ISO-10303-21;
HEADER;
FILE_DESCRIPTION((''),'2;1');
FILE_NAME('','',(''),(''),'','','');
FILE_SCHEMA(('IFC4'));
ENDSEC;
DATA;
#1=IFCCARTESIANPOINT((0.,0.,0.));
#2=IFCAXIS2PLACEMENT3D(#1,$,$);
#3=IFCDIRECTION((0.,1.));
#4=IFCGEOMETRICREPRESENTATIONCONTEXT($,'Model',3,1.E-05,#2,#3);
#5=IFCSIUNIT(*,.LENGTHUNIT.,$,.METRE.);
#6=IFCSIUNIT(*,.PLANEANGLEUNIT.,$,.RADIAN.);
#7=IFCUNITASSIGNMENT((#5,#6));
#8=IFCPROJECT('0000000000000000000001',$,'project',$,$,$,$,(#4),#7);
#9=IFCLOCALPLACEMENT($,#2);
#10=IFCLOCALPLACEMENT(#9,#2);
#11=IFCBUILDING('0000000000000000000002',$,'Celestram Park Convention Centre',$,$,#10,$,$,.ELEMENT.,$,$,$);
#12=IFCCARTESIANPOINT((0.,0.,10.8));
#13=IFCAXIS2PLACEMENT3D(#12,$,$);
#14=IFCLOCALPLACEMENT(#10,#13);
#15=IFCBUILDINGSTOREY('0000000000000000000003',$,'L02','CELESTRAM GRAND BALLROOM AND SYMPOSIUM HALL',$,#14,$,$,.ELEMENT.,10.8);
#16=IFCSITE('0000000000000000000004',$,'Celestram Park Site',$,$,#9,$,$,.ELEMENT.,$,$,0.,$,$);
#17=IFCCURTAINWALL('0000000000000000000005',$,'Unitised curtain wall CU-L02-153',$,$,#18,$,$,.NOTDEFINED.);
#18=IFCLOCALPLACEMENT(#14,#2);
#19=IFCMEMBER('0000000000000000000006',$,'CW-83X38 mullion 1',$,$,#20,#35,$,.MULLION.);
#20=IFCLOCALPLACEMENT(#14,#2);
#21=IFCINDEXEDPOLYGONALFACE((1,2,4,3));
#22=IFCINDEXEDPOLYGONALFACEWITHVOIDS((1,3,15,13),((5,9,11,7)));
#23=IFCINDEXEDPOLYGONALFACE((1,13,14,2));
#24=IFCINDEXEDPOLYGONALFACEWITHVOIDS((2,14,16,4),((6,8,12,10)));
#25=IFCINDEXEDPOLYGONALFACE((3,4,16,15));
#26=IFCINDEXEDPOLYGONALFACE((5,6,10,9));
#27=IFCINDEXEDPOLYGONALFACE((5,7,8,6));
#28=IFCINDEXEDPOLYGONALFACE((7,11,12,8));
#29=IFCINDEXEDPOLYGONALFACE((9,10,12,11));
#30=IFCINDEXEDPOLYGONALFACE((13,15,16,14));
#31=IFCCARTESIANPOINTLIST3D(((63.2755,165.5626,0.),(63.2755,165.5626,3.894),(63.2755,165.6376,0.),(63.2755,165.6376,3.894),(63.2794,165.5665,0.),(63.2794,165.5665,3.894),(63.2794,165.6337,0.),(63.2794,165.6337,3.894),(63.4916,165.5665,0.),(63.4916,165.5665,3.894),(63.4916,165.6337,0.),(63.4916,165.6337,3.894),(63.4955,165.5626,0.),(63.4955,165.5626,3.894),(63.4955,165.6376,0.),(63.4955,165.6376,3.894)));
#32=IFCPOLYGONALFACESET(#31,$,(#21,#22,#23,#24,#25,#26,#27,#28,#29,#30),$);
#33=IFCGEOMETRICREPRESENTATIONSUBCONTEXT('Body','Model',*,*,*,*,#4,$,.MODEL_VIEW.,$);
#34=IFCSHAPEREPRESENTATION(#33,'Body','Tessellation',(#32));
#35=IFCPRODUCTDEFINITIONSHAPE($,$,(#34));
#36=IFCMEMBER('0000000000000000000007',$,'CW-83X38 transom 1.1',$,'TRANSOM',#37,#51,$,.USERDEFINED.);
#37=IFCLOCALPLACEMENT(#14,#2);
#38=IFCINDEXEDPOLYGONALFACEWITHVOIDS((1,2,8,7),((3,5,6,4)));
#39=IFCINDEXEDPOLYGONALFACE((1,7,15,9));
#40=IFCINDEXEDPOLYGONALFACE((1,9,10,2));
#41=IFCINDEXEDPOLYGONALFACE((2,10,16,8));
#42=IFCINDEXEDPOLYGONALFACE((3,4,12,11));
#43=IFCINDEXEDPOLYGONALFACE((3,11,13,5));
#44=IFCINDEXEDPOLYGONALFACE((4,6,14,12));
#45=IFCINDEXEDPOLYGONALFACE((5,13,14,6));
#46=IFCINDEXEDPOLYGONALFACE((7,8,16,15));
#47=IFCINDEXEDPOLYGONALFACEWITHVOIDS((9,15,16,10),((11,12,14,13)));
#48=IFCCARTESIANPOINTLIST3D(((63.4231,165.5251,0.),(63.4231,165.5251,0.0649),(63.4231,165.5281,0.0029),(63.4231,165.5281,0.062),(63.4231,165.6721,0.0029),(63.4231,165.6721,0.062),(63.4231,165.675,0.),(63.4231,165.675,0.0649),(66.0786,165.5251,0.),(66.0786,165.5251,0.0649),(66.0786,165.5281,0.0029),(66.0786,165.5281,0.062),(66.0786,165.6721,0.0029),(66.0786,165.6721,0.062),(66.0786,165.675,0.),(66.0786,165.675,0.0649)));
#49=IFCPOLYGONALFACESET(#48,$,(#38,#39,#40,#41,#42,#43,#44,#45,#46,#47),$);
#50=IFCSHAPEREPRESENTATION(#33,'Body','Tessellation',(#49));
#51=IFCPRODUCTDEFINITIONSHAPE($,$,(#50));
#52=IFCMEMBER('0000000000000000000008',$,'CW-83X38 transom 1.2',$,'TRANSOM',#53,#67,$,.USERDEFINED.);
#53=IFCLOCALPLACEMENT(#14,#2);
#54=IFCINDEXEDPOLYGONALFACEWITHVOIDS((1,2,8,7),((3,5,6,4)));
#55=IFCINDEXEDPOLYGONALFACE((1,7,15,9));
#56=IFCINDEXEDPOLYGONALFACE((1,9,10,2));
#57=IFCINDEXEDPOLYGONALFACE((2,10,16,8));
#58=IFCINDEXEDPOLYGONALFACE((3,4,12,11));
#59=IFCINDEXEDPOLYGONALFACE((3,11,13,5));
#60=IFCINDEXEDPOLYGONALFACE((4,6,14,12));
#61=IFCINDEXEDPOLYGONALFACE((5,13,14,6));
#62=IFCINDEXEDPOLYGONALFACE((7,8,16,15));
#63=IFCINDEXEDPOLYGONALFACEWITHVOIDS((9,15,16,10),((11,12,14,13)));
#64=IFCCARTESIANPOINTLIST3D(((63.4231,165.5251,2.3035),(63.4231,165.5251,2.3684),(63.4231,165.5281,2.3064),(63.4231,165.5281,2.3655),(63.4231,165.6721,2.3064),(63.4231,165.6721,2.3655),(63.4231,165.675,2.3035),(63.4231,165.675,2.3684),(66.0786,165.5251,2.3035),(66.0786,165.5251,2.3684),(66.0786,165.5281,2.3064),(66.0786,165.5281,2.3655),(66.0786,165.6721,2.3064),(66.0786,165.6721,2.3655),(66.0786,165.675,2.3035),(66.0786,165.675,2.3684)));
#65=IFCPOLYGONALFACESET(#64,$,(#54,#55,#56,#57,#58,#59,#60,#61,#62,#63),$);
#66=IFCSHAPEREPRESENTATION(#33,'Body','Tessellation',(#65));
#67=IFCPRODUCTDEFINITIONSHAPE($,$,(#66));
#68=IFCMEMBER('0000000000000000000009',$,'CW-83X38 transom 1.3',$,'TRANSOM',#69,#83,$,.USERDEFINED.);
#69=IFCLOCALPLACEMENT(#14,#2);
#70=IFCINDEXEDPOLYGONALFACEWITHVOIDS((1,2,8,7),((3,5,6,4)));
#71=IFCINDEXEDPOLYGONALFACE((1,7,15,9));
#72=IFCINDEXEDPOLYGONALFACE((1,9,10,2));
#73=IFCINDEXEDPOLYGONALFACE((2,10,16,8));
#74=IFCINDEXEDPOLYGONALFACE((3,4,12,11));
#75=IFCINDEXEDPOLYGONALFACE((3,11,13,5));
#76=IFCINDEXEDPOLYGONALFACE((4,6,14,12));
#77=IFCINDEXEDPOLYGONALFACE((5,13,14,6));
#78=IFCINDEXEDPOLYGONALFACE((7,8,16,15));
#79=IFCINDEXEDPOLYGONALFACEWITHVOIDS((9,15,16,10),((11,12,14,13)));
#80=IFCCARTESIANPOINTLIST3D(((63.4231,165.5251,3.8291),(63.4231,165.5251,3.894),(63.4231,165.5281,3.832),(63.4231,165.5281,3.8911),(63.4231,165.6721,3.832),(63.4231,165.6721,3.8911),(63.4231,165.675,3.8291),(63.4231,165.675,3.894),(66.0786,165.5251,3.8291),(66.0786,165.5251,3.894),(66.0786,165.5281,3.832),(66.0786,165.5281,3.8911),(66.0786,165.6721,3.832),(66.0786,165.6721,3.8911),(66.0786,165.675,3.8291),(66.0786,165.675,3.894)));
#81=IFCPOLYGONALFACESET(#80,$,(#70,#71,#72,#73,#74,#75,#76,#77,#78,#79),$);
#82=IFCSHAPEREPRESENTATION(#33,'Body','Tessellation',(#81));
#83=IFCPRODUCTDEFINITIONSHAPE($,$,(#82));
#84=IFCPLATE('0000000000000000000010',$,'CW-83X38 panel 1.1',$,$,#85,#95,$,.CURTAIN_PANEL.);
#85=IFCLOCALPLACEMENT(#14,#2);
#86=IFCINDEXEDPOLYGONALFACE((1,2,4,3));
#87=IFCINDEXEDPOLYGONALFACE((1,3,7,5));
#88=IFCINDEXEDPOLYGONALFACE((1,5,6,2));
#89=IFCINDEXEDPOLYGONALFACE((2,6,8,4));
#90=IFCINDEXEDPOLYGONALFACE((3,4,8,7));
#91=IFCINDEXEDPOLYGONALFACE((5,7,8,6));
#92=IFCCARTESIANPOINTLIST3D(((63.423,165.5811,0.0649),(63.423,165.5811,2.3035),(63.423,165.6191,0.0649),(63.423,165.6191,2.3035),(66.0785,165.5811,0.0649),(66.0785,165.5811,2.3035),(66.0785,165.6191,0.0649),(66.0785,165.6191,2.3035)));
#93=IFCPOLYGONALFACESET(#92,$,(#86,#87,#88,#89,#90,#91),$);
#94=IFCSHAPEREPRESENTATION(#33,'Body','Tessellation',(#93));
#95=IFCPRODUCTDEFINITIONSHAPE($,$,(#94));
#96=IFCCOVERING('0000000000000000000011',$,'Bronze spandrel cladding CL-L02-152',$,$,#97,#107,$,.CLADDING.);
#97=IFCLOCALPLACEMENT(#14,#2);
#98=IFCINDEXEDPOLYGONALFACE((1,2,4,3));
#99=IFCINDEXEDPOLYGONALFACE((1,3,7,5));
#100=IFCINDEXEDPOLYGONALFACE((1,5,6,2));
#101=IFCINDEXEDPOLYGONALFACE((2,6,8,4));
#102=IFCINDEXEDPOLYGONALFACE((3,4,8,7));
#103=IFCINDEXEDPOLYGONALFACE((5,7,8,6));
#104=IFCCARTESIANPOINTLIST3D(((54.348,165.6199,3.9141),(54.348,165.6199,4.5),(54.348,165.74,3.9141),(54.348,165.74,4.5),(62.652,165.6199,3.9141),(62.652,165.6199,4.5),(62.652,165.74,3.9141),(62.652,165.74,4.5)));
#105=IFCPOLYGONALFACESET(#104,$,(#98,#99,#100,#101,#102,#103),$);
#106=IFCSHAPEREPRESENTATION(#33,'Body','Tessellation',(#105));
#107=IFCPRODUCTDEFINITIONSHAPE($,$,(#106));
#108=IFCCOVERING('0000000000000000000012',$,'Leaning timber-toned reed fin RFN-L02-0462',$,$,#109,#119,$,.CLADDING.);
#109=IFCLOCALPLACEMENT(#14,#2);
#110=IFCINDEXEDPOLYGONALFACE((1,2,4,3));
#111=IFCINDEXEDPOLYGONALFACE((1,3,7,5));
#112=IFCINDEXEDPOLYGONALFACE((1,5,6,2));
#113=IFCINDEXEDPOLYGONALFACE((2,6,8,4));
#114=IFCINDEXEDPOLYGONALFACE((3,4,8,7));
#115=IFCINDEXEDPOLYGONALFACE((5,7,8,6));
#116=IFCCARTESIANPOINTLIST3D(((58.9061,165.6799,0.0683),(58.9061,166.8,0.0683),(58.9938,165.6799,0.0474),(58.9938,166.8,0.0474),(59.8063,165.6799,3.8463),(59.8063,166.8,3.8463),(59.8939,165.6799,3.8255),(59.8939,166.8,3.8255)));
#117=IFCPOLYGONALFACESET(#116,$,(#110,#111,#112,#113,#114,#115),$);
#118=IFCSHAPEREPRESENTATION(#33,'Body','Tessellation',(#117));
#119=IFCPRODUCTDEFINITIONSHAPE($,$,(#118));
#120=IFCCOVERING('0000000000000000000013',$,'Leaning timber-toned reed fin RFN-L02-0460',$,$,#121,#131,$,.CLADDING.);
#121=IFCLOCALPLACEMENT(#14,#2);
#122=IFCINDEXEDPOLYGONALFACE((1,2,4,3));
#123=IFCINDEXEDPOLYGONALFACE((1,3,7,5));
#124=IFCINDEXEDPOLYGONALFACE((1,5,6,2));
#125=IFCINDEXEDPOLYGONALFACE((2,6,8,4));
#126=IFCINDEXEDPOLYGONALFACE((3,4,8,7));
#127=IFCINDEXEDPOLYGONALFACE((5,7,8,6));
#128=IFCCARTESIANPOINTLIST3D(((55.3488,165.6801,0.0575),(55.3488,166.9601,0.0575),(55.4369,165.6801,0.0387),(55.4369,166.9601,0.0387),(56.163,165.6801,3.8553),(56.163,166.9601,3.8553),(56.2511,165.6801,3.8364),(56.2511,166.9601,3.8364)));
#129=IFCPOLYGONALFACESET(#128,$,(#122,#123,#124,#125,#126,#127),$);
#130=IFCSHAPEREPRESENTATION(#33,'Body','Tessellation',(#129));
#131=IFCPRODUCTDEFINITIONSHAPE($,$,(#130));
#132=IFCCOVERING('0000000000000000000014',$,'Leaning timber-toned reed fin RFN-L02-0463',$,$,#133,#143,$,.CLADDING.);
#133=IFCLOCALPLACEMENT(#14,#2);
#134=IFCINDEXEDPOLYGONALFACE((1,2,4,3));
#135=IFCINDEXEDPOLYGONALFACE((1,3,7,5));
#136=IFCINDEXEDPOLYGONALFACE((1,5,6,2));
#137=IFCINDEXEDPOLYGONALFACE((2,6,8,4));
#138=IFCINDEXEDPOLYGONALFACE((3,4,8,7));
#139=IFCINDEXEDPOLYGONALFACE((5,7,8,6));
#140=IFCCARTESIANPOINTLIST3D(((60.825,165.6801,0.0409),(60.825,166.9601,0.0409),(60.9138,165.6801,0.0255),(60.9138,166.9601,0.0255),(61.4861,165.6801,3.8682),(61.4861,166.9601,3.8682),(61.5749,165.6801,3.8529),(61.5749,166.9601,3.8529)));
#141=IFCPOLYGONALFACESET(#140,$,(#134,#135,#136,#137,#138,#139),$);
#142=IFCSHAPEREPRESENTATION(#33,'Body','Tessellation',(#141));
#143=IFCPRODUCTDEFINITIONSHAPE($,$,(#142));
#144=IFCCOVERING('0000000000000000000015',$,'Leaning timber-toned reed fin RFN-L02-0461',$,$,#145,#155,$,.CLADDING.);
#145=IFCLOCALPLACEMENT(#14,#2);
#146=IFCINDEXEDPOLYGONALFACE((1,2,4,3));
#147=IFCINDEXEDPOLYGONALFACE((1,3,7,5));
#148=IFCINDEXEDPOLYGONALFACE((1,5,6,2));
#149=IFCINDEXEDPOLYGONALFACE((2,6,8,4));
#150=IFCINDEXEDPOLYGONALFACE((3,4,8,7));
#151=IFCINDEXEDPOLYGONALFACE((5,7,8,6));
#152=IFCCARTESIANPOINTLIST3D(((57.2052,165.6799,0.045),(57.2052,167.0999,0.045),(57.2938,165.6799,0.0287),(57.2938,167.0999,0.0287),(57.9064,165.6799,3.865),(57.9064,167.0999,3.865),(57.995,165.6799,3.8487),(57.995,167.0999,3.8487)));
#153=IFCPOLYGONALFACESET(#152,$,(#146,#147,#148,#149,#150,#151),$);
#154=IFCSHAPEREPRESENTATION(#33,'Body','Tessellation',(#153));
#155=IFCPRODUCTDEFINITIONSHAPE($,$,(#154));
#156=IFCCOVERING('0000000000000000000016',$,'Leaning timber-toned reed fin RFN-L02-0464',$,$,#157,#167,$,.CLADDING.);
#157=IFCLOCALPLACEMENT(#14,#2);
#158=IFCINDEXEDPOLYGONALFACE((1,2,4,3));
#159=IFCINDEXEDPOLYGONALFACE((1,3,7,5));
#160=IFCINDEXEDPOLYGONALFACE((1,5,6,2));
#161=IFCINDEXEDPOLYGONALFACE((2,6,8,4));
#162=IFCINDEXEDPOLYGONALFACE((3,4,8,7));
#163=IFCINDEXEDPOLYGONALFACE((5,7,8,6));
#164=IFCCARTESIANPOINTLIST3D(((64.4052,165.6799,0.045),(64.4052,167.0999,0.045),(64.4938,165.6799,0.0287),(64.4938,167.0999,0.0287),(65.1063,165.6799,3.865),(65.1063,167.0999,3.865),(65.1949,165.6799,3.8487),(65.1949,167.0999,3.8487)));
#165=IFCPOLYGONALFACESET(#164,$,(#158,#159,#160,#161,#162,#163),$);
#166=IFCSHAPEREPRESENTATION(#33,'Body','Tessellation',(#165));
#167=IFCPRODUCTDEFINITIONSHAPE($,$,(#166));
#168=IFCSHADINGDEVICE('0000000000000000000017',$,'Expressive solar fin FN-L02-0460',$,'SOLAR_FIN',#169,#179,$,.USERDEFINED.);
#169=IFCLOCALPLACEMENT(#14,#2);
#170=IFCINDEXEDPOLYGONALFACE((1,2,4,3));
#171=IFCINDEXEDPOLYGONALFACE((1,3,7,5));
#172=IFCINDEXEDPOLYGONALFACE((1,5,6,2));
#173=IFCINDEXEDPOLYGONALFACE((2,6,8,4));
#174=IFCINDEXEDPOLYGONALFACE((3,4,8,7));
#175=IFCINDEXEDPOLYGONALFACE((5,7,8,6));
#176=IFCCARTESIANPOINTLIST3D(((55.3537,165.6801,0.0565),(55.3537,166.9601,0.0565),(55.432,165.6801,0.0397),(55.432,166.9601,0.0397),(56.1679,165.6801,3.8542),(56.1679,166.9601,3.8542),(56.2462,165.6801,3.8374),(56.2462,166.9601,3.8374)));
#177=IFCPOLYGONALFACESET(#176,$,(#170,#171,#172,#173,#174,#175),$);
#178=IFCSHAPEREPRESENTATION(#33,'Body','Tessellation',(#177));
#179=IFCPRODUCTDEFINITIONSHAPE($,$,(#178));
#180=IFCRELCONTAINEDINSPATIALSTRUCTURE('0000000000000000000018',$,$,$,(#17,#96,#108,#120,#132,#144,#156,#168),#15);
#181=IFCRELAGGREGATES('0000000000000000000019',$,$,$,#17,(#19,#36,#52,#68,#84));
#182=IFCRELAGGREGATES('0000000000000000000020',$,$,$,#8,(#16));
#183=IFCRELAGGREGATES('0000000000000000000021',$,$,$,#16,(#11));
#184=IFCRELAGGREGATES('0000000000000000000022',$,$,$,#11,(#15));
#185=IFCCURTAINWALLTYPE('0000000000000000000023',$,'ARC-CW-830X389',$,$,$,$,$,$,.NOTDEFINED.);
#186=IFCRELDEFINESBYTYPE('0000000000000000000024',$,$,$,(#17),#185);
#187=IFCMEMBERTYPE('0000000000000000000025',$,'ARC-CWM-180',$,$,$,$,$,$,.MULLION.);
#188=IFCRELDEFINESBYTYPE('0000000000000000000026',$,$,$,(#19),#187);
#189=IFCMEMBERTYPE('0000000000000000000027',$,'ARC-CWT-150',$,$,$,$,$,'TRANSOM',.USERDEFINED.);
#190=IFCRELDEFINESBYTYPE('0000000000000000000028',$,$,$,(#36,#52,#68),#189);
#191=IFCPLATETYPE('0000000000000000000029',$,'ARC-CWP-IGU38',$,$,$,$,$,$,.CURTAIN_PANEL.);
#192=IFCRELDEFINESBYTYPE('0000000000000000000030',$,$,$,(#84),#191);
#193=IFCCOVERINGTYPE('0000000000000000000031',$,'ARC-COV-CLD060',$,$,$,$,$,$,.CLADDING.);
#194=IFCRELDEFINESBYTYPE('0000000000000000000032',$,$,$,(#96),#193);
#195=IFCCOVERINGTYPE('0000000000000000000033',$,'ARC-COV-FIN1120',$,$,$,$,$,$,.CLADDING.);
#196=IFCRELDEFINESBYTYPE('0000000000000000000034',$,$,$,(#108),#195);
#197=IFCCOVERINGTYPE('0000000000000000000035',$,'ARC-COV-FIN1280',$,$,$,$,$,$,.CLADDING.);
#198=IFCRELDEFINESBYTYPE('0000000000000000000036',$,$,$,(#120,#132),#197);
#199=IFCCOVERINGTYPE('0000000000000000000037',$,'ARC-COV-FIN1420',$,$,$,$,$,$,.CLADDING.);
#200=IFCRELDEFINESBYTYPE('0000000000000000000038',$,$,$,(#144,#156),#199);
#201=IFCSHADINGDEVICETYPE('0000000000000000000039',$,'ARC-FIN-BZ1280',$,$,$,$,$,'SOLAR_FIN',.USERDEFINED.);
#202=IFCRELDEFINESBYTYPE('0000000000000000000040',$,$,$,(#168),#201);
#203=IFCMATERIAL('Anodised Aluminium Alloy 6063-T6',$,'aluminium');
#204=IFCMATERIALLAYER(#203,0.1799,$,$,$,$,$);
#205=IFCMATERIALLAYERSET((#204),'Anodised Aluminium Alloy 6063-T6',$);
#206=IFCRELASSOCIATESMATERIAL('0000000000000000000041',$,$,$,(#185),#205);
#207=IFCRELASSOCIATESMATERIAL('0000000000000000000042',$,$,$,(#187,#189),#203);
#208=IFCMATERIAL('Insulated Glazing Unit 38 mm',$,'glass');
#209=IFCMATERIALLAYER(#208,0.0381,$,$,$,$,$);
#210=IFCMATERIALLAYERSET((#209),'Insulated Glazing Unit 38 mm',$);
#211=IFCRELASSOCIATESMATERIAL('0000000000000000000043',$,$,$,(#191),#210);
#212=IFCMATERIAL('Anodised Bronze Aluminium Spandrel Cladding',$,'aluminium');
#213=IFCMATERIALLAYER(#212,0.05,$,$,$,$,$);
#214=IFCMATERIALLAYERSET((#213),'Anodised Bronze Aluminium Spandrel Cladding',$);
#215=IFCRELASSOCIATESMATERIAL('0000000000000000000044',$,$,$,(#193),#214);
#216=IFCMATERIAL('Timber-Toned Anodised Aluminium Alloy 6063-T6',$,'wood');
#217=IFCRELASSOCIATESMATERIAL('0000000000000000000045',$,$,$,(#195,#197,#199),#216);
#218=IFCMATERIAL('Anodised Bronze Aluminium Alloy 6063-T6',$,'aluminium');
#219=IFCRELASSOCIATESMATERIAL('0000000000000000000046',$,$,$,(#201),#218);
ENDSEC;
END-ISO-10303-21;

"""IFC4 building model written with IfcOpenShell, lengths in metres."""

from ifc_helpers import new_model, si_unit, direction, frame, origin, origin_2d, place, context, subcontext, project, spatial, rectangle, hollow_rectangle, extrude, material, layer, layer_set, material_profile, profile_set, type_object, element, aggregate, save


model = new_model("IFC4")

# Units and contexts
model_context = context("Model", 3, precision=1e-05, world=origin(), true_north=direction((0.0, 1.0)))
body_context = subcontext(model_context, "Body", "Model", "MODEL_VIEW")
ifc_project = project(units=[si_unit("LENGTHUNIT", "METRE"), si_unit("PLANEANGLEUNIT", "RADIAN")], contexts=[model_context])

# Site, building, storey
site_placement = place(None, origin())
site = spatial("IfcSite", under=ifc_project, at=site_placement, Name="Celestram Park Site", CompositionType="ELEMENT", RefElevation=0.0)
building_placement = place(site_placement, origin())
building = spatial("IfcBuilding", under=site, at=building_placement, Name="Celestram Park Convention Centre", CompositionType="ELEMENT")
storey_placement = place(building_placement, frame((0.0, 0.0, 10.8)))
storey = spatial("IfcBuildingStorey", under=building, at=storey_placement, Name="L02", Description="CELESTRAM GRAND BALLROOM AND SYMPOSIUM HALL", CompositionType="ELEMENT", Elevation=10.8)

# Curtain wall, members, plate
ifc_material_1 = material(Name="Anodised Aluminium Alloy 6063-T6", Category="aluminium")
ifc_layer_1 = layer(ifc_material_1, 0.1799)
ifc_layer_set_1 = layer_set([ifc_layer_1], Name="Anodised Aluminium Alloy 6063-T6")
curtain_wall_type = type_object("IfcCurtainWallType", Name="ARC-CW-830X389", PredefinedType="NOTDEFINED", material=ifc_layer_set_1)
curtain_wall_placement = place(storey_placement, origin())
curtain_wall = element("IfcCurtainWall", 1, at=curtain_wall_placement, inside=storey, type_object=curtain_wall_type, Name="Unitised curtain wall CU-L02-153", PredefinedType="NOTDEFINED")
ifc_material_profile_1 = material_profile(ifc_material_1, hollow_rectangle(XDim=0.075, YDim=0.22, WallThickness=0.0039, at=origin_2d()), Name="ALU75X220X4")
ifc_profile_set_1 = profile_set([ifc_material_profile_1], Name="Anodised Aluminium Alloy 6063-T6")
member_type_1 = type_object("IfcMemberType", Name="ARC-CWM-180", PredefinedType="MULLION", material=ifc_profile_set_1)
member_1_placement = place(storey_placement, frame((63.3855, 165.6001, 0.0), z_axis=(0.0, 0.0, 1.0), x_axis=(0.0, 1.0, 0.0)))
member_1 = element("IfcMember", 2, at=member_1_placement, type_object=member_type_1, Name="CW-83X38 mullion 1", PredefinedType="MULLION", context=body_context, shape_type="SweptSolid", body=[
    extrude(hollow_rectangle(XDim=0.075, YDim=0.22, WallThickness=0.0039, at=origin_2d()), origin(), (0.0, 0.0, 1.0), 3.894),
])
ifc_material_profile_2 = material_profile(ifc_material_1, hollow_rectangle(XDim=0.1499, YDim=0.0649, WallThickness=0.0029, at=origin_2d()), Name="ALU150X65X3")
ifc_profile_set_2 = profile_set([ifc_material_profile_2], Name="Anodised Aluminium Alloy 6063-T6")
member_type_2 = type_object("IfcMemberType", Name="ARC-CWT-150", ElementType="TRANSOM", PredefinedType="USERDEFINED", material=ifc_profile_set_2)
member_2_placement = place(storey_placement, frame((63.4231, 165.6001, 0.0325), z_axis=(1.0, 0.0, 0.0), x_axis=(0.0, 1.0, 0.0)))
member_2 = element("IfcMember", 3, at=member_2_placement, type_object=member_type_2, Name="CW-83X38 transom 1.1", ObjectType="TRANSOM", PredefinedType="USERDEFINED", context=body_context, shape_type="SweptSolid", body=[
    extrude(hollow_rectangle(XDim=0.1499, YDim=0.0649, WallThickness=0.0029, at=origin_2d()), origin(), (0.0, 0.0, 1.0), 2.6555),
])
member_3_placement = place(storey_placement, frame((63.4231, 165.6001, 2.3359), z_axis=(1.0, 0.0, 0.0), x_axis=(0.0, 1.0, 0.0)))
member_3 = element("IfcMember", 4, at=member_3_placement, type_object=member_type_2, Name="CW-83X38 transom 1.2", ObjectType="TRANSOM", PredefinedType="USERDEFINED", context=body_context, shape_type="SweptSolid", body=[
    extrude(hollow_rectangle(XDim=0.1499, YDim=0.0649, WallThickness=0.0029, at=origin_2d()), origin(), (0.0, 0.0, 1.0), 2.6555),
])
member_4_placement = place(storey_placement, frame((63.4231, 165.6001, 3.8616), z_axis=(1.0, 0.0, 0.0), x_axis=(0.0, 1.0, 0.0)))
member_4 = element("IfcMember", 5, at=member_4_placement, type_object=member_type_2, Name="CW-83X38 transom 1.3", ObjectType="TRANSOM", PredefinedType="USERDEFINED", context=body_context, shape_type="SweptSolid", body=[
    extrude(hollow_rectangle(XDim=0.1499, YDim=0.0649, WallThickness=0.0029, at=origin_2d()), origin(), (0.0, 0.0, 1.0), 2.6555),
])
ifc_material_2 = material(Name="Insulated Glazing Unit 38 mm", Category="glass")
ifc_layer_2 = layer(ifc_material_2, 0.0381)
ifc_layer_set_2 = layer_set([ifc_layer_2], Name="Insulated Glazing Unit 38 mm")
plate_type = type_object("IfcPlateType", Name="ARC-CWP-IGU38", PredefinedType="CURTAIN_PANEL", material=ifc_layer_set_2)
plate_placement = place(storey_placement, frame((64.7507, 165.6001, 0.0649), z_axis=(0.0, 0.0, 1.0), x_axis=(1.0, 0.0, 0.0)))
plate = element("IfcPlate", 6, at=plate_placement, type_object=plate_type, Name="CW-83X38 panel 1.1", PredefinedType="CURTAIN_PANEL", context=body_context, shape_type="SweptSolid", body=[
    extrude(rectangle(XDim=2.6555, YDim=0.0381, at=origin_2d()), origin(), (0.0, 0.0, 1.0), 2.2385),
])
aggregate(curtain_wall, [member_1, member_2, member_3, member_4, plate])

# Coverings
ifc_material_3 = material(Name="Anodised Bronze Aluminium Spandrel Cladding", Category="aluminium")
ifc_layer_3 = layer(ifc_material_3, 0.05)
ifc_layer_set_3 = layer_set([ifc_layer_3], Name="Anodised Bronze Aluminium Spandrel Cladding")
covering_type_1 = type_object("IfcCoveringType", Name="ARC-COV-CLD060", PredefinedType="CLADDING", material=ifc_layer_set_3)
covering_1_placement = place(storey_placement, frame((58.5, 165.6799, 3.9141), z_axis=(0.0, 0.0, 1.0), x_axis=(1.0, 0.0, 0.0)))
element("IfcCovering", 7, at=covering_1_placement, inside=storey, type_object=covering_type_1, Name="Bronze spandrel cladding CL-L02-152", PredefinedType="CLADDING", context=body_context, shape_type="SweptSolid", body=[
    extrude(rectangle(XDim=8.304, YDim=0.1201, at=origin_2d()), origin(), (0.0, 0.0, 1.0), 0.5859),
])
ifc_material_4 = material(Name="Timber-Toned Anodised Aluminium Alloy 6063-T6", Category="wood")
ifc_material_profile_3 = material_profile(ifc_material_4, rectangle(XDim=1.1201, YDim=0.0901, at=origin_2d()), Name="REED1120X90")
ifc_profile_set_3 = profile_set([ifc_material_profile_3], Name="Timber-Toned Anodised Aluminium Alloy 6063-T6")
covering_type_2 = type_object("IfcCoveringType", Name="ARC-COV-FIN1120", PredefinedType="CLADDING", material=ifc_profile_set_3)
covering_2_placement = place(storey_placement, frame((58.95, 166.24, 0.0579), z_axis=(0.231768, 0.0, 0.972771), x_axis=(0.0, 1.0, 0.0)))
element("IfcCovering", 8, at=covering_2_placement, inside=storey, type_object=covering_type_2, Name="Leaning timber-toned reed fin RFN-L02-0462", PredefinedType="CLADDING", context=body_context, shape_type="SweptSolid", body=[
    extrude(rectangle(XDim=1.1201, YDim=0.0901, at=origin_2d()), origin(), (0.0, 0.0, 1.0), 3.8838),
])
ifc_material_profile_4 = material_profile(ifc_material_4, rectangle(XDim=1.28, YDim=0.0901, at=origin_2d()), Name="REED1280X90")
ifc_profile_set_4 = profile_set([ifc_material_profile_4], Name="Timber-Toned Anodised Aluminium Alloy 6063-T6")
covering_type_3 = type_object("IfcCoveringType", Name="ARC-COV-FIN1280", PredefinedType="CLADDING", material=ifc_profile_set_4)
for number, where, z_axis, x_axis, name in (
    (9, (55.3928, 166.3201, 0.0481), (0.209624, 0.0, 0.977782), (0.0, 1.0, 0.0), "Leaning timber-toned reed fin RFN-L02-0460"),
    (10, (60.8694, 166.3201, 0.0332), (0.170216, 0.0, 0.985407), (0.0, 1.0, 0.0), "Leaning timber-toned reed fin RFN-L02-0463"),
):
    element("IfcCovering", number, at=place(storey_placement, frame(where, z_axis=z_axis, x_axis=x_axis)), inside=storey, type_object=covering_type_3, Name=name, PredefinedType="CLADDING", context=body_context, shape_type="SweptSolid", body=[
        extrude(rectangle(XDim=1.28, YDim=0.0901, at=origin_2d()), origin(), (0.0, 0.0, 1.0), 3.884),
    ])
ifc_material_profile_5 = material_profile(ifc_material_4, rectangle(XDim=1.4199, YDim=0.0901, at=origin_2d()), Name="REED1420X90")
ifc_profile_set_5 = profile_set([ifc_material_profile_5], Name="Timber-Toned Anodised Aluminium Alloy 6063-T6")
covering_type_4 = type_object("IfcCoveringType", Name="ARC-COV-FIN1420", PredefinedType="CLADDING", material=ifc_profile_set_5)
for number, where, z_axis, x_axis, name in (
    (11, (57.2495, 166.3899, 0.0369), (0.180534, 0.0, 0.983569), (0.0, 1.0, 0.0), "Leaning timber-toned reed fin RFN-L02-0461"),
    (12, (64.4495, 166.3899, 0.0369), (0.180534, 0.0, 0.983569), (0.0, 1.0, 0.0), "Leaning timber-toned reed fin RFN-L02-0464"),
):
    element("IfcCovering", number, at=place(storey_placement, frame(where, z_axis=z_axis, x_axis=x_axis)), inside=storey, type_object=covering_type_4, Name=name, PredefinedType="CLADDING", context=body_context, shape_type="SweptSolid", body=[
        extrude(rectangle(XDim=1.4199, YDim=0.0901, at=origin_2d()), origin(), (0.0, 0.0, 1.0), 3.8838),
    ])

# Shading device
ifc_material_5 = material(Name="Anodised Bronze Aluminium Alloy 6063-T6", Category="aluminium")
ifc_material_profile_6 = material_profile(ifc_material_5, rectangle(XDim=1.28, YDim=0.0801, at=origin_2d()), Name="FIN1280X80")
ifc_profile_set_6 = profile_set([ifc_material_profile_6], Name="Anodised Bronze Aluminium Alloy 6063-T6")
shading_device_type = type_object("IfcShadingDeviceType", Name="ARC-FIN-BZ1280", ElementType="SOLAR_FIN", PredefinedType="USERDEFINED", material=ifc_profile_set_6)
shading_device_1_placement = place(storey_placement, frame((55.3928, 166.3201, 0.0481), z_axis=(0.209624, 0.0, 0.977782), x_axis=(0.0, 1.0, 0.0)))
element("IfcShadingDevice", 13, at=shading_device_1_placement, inside=storey, type_object=shading_device_type, Name="Expressive solar fin FN-L02-0460", ObjectType="SOLAR_FIN", PredefinedType="USERDEFINED", context=body_context, shape_type="SweptSolid", body=[
    extrude(rectangle(XDim=1.28, YDim=0.0801, at=origin_2d()), origin(), (0.0, 0.0, 1.0), 3.884),
])

save(model, "model.ifc")
